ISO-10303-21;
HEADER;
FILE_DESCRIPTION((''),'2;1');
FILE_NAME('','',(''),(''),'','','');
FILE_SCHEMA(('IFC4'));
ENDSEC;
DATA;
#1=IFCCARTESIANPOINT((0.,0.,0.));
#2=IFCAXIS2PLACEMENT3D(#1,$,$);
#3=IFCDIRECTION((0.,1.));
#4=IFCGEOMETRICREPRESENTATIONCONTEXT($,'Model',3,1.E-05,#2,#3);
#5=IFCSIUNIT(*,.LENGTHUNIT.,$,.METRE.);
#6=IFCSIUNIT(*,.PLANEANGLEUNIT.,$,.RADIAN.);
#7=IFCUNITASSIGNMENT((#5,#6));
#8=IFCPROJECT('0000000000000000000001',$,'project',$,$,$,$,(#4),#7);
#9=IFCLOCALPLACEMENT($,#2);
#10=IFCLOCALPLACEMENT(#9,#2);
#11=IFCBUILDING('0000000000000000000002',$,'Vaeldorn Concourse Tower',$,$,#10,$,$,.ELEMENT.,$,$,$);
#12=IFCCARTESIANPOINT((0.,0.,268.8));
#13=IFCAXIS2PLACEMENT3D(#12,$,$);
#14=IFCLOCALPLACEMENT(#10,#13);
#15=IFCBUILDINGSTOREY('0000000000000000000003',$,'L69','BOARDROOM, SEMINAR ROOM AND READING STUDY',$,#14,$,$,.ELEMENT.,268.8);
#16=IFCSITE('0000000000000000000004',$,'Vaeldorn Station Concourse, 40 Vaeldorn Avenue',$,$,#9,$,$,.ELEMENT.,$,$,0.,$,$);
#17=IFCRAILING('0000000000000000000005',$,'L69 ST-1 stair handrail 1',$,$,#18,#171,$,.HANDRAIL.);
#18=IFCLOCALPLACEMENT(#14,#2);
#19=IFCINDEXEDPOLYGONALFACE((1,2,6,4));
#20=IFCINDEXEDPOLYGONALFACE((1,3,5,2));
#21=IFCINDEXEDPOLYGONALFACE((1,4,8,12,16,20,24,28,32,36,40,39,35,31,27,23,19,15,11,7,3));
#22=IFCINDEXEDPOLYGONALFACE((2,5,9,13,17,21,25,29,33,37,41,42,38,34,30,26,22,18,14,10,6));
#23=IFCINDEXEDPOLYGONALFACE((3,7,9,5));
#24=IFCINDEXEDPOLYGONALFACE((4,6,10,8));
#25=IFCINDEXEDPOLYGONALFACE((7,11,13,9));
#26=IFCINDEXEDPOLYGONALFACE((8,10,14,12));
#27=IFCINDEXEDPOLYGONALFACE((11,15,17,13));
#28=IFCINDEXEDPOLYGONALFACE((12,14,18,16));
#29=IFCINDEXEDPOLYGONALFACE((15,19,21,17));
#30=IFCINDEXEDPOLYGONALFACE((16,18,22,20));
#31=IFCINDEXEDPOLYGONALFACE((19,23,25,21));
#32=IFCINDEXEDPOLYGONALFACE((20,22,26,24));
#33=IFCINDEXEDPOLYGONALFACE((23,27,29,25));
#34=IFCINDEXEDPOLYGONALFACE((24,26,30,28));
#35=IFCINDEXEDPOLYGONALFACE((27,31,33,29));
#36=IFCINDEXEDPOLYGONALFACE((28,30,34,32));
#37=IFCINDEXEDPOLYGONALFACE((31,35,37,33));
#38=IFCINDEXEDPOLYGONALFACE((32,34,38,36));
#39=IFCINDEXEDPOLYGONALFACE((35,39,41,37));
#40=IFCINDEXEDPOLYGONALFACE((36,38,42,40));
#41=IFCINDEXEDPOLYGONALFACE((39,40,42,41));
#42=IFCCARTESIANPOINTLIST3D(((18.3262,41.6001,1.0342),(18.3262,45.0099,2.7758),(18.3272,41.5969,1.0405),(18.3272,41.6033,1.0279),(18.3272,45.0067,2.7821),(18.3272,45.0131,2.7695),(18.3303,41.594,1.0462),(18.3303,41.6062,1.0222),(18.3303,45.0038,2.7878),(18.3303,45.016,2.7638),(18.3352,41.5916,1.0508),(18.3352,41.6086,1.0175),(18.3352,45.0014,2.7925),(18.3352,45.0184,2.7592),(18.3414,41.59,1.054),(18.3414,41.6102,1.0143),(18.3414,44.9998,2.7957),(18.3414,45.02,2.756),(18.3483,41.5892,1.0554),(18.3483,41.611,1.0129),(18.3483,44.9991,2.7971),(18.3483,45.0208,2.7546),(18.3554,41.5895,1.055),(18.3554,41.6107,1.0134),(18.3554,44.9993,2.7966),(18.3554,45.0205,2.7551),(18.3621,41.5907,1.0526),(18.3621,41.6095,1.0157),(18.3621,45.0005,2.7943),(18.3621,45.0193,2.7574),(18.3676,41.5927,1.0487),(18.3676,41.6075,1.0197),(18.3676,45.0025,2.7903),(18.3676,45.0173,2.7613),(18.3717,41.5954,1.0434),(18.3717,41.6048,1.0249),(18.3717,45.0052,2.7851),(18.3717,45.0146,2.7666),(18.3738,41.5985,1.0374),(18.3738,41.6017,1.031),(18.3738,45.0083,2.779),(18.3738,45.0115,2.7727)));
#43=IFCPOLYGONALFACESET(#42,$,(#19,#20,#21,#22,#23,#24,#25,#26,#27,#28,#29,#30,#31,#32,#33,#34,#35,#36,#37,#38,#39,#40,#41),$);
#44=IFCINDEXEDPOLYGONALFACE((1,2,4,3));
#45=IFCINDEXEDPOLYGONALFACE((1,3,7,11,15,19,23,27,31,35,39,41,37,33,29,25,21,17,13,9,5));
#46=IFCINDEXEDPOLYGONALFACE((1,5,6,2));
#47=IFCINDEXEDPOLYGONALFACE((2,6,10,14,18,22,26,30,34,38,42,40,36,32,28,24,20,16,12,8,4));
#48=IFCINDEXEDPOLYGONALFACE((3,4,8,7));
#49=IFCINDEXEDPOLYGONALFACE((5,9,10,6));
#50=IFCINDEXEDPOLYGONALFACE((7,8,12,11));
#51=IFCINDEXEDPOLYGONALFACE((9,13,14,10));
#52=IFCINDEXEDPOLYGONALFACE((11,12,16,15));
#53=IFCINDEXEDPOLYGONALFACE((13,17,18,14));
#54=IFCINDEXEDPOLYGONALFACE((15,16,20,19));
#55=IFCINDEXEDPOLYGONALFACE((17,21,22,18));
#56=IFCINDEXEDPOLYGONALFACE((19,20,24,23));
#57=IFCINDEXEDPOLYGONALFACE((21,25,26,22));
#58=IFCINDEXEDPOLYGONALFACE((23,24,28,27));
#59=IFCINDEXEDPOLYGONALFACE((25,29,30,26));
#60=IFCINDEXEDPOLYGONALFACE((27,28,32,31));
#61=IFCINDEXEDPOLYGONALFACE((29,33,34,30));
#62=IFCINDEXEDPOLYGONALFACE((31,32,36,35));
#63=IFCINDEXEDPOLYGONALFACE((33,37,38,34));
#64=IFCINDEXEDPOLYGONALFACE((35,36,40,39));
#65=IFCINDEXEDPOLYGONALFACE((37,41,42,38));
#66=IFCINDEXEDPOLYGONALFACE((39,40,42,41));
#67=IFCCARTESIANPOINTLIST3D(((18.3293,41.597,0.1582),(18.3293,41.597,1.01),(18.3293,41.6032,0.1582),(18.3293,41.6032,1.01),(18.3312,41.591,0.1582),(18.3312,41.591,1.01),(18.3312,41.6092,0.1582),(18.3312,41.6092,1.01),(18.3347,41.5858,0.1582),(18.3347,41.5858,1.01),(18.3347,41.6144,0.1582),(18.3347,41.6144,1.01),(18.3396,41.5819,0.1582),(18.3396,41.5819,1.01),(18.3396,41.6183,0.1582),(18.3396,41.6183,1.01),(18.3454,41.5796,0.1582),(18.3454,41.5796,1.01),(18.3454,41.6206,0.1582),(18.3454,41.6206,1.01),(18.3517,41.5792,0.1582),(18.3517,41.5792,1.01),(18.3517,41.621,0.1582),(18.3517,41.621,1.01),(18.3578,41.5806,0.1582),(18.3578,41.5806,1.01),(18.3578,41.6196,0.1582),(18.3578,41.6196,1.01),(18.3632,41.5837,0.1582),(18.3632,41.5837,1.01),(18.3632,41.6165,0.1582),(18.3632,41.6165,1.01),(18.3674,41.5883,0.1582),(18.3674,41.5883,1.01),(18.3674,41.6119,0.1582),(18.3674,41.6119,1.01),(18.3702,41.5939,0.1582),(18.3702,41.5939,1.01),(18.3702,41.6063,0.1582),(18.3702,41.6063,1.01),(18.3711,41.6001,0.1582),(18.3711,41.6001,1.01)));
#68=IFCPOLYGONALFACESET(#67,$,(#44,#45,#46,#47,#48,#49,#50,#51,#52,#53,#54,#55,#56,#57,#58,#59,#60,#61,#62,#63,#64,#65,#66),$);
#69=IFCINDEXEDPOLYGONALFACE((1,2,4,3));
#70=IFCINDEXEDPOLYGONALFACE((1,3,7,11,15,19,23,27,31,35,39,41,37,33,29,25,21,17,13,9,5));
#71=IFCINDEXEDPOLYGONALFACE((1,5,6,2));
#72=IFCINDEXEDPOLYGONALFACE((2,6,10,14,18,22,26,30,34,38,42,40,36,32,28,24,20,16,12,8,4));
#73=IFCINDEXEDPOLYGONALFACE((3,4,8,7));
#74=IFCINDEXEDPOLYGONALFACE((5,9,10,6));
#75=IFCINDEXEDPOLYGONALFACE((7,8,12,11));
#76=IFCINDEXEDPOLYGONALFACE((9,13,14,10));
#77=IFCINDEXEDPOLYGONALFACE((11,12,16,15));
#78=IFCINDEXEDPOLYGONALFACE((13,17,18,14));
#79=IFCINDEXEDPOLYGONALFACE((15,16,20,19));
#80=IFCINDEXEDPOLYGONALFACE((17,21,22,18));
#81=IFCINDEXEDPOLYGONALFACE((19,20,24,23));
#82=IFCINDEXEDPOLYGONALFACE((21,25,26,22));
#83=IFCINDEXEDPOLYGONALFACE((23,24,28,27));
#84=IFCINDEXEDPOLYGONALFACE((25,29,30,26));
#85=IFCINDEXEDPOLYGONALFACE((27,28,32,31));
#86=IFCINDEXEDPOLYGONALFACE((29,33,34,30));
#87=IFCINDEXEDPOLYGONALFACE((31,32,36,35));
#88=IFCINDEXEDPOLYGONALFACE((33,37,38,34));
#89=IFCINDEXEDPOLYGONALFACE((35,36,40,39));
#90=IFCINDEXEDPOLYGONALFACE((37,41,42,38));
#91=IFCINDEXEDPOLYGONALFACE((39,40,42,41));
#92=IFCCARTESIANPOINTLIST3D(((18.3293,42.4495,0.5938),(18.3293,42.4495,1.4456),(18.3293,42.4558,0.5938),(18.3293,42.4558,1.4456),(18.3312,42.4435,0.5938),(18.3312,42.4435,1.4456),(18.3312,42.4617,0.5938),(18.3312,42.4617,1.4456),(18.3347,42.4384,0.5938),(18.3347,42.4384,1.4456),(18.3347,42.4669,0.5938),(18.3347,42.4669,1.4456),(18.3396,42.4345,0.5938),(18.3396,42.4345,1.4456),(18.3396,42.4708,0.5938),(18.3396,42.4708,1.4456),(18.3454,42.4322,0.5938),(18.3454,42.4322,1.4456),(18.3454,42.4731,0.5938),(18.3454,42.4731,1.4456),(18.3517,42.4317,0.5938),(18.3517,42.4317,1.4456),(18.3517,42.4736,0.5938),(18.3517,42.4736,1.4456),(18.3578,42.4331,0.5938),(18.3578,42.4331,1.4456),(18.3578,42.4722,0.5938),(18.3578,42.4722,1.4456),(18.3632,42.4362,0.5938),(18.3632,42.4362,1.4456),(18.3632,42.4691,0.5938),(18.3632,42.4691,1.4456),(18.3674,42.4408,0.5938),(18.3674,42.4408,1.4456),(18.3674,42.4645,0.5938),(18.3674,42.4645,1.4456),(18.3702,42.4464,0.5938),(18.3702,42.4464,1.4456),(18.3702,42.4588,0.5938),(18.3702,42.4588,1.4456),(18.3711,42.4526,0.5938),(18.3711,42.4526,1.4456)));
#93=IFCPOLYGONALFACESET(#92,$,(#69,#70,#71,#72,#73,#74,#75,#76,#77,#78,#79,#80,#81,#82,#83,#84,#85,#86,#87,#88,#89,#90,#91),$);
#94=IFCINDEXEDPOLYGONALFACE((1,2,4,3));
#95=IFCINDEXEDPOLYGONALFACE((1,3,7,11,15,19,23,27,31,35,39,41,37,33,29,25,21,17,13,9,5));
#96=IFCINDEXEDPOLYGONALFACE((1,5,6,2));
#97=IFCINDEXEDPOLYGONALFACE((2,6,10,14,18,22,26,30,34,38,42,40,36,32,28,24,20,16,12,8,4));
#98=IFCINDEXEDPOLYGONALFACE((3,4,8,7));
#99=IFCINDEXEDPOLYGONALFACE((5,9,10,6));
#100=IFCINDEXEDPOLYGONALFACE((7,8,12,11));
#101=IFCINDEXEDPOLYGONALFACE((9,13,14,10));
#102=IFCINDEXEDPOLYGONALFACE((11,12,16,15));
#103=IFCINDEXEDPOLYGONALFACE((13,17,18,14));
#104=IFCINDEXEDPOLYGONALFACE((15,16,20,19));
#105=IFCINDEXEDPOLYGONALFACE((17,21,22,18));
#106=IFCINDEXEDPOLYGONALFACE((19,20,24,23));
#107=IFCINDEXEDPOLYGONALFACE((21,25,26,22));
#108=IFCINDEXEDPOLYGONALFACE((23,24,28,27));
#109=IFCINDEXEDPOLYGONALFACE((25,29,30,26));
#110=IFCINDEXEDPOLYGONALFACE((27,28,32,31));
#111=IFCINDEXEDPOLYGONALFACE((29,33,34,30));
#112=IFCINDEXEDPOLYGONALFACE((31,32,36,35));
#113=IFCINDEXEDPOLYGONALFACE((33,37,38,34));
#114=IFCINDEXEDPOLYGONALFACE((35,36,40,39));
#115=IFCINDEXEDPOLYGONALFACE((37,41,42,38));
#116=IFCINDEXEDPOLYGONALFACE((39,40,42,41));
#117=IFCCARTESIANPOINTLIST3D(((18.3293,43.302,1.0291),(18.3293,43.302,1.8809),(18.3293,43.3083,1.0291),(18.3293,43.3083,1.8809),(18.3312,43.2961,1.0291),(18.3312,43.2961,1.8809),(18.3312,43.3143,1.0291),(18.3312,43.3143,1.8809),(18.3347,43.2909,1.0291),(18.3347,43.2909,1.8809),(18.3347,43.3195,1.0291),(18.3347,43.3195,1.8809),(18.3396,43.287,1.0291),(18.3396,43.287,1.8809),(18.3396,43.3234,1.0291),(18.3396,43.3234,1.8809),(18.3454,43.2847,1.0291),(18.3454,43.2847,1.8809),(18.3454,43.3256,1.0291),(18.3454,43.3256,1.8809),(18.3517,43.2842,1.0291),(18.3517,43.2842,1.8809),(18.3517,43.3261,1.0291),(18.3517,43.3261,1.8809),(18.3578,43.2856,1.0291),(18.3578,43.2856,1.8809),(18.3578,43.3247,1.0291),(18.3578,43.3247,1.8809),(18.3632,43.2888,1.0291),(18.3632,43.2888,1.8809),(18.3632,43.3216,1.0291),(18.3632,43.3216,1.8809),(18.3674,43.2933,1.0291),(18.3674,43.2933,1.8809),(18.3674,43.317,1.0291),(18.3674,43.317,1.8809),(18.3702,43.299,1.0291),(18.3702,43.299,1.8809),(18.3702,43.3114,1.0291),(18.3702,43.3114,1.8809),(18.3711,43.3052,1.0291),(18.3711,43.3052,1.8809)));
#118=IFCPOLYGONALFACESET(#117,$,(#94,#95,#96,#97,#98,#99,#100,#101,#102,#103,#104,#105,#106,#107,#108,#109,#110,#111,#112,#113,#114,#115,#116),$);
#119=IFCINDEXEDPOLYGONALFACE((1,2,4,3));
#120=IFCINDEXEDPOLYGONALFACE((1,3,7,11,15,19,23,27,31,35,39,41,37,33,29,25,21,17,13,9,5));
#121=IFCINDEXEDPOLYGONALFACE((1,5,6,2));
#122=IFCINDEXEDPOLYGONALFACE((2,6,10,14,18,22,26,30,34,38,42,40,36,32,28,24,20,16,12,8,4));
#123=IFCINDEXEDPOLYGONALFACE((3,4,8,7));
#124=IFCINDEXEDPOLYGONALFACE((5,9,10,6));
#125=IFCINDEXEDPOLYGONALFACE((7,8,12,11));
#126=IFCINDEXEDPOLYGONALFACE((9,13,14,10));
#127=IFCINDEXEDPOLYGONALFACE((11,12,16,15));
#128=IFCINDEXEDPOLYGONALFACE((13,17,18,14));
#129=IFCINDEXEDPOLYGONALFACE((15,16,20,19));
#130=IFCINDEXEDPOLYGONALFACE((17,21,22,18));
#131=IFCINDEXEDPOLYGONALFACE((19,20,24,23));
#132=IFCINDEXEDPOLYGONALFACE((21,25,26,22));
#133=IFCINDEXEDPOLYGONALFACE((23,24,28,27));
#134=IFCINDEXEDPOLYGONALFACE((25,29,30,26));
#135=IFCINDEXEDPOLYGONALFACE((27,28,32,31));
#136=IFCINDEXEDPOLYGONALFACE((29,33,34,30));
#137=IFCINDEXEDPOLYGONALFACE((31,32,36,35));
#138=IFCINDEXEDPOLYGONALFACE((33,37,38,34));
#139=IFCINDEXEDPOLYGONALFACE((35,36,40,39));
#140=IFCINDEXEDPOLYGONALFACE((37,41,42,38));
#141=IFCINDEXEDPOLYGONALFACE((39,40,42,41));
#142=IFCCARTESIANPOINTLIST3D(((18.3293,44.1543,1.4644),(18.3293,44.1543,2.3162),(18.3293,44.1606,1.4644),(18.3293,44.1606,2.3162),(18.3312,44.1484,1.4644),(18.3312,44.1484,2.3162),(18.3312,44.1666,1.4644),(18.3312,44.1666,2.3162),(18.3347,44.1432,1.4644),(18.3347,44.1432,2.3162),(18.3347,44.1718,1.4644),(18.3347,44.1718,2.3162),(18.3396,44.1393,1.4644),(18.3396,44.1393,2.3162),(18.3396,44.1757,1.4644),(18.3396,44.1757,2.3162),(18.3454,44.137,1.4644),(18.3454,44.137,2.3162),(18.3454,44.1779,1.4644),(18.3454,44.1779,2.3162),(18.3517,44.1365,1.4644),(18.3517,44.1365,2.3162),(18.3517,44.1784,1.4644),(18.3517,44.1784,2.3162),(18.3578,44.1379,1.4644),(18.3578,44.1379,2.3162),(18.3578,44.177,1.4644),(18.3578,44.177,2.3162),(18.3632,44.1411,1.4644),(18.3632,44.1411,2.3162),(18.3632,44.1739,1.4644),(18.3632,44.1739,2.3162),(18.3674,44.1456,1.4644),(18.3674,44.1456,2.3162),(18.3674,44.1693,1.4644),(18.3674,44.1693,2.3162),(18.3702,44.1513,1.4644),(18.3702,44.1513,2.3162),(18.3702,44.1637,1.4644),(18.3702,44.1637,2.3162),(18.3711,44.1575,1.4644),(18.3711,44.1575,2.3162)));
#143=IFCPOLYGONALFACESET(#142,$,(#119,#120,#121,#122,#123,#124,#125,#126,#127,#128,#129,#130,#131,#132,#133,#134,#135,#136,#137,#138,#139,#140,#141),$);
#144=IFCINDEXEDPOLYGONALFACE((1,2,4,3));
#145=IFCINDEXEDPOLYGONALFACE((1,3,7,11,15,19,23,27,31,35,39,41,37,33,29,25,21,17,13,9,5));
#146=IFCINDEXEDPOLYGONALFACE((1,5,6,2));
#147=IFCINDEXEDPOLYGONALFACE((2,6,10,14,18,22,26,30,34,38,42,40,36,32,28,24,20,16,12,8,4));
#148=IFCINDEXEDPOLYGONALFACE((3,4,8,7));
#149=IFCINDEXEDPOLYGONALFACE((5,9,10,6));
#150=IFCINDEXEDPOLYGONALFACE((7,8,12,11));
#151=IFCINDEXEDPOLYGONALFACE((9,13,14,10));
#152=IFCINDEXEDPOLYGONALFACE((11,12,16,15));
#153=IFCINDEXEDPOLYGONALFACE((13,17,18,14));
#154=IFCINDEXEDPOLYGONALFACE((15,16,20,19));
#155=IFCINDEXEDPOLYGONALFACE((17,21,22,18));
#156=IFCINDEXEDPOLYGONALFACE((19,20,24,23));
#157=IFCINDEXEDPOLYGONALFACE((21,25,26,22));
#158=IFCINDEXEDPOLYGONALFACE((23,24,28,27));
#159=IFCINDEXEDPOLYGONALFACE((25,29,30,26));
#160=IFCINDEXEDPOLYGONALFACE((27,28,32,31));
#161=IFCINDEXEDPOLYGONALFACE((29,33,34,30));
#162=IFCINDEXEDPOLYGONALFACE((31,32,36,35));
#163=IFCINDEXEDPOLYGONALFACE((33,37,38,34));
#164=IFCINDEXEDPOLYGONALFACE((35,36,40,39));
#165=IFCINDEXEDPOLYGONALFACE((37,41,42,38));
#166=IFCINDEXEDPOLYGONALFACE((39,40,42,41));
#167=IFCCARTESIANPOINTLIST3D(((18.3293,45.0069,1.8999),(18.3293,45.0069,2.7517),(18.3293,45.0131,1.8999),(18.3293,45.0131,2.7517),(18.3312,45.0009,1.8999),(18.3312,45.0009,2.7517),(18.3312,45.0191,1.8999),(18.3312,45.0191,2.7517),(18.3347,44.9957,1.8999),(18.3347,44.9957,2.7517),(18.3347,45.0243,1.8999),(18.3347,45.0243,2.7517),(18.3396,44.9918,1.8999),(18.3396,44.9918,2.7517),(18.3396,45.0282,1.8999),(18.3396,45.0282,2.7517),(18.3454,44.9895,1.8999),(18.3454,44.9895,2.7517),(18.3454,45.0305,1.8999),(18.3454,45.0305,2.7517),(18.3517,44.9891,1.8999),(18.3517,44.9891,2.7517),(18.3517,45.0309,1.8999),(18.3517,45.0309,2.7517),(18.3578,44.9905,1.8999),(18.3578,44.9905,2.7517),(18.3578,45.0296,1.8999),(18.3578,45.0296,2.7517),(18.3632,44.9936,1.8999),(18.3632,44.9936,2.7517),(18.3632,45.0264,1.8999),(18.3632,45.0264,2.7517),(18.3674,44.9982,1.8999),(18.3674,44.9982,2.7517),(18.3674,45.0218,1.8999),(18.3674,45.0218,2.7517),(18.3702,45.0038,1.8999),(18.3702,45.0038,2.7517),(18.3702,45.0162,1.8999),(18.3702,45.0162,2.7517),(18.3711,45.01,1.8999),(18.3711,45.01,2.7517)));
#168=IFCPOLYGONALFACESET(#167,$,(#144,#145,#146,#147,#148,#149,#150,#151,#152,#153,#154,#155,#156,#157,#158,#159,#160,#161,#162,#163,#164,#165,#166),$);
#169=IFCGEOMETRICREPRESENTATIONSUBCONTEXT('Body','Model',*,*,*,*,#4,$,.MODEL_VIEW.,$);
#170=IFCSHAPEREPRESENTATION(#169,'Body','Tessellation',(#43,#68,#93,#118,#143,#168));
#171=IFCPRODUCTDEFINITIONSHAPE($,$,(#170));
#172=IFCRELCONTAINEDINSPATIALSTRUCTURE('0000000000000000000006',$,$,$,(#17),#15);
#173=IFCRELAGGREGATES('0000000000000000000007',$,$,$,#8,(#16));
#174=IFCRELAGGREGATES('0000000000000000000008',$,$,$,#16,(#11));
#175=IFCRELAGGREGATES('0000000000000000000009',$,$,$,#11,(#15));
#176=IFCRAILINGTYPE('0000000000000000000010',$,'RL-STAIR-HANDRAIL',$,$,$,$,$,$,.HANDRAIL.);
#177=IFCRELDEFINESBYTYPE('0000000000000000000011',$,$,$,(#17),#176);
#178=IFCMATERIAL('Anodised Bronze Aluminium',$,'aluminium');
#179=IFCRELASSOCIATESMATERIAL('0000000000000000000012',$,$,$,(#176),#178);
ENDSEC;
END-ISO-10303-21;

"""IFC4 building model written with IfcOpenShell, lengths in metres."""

from ifc_helpers import new_model, si_unit, direction, frame, origin, origin_2d, place, context, subcontext, project, spatial, circle, extrude, material, type_object, element, save


model = new_model("IFC4")

# Units and contexts
model_context = context("Model", 3, precision=1e-05, world=origin(), true_north=direction((0.0, 1.0)))
body_context = subcontext(model_context, "Body", "Model", "MODEL_VIEW")
ifc_project = project(units=[si_unit("LENGTHUNIT", "METRE"), si_unit("PLANEANGLEUNIT", "RADIAN")], contexts=[model_context])

# Site, building, storey
site_placement = place(None, origin())
site = spatial("IfcSite", under=ifc_project, at=site_placement, Name="Vaeldorn Station Concourse, 40 Vaeldorn Avenue", CompositionType="ELEMENT", RefElevation=0.0)
building_placement = place(site_placement, origin())
building = spatial("IfcBuilding", under=site, at=building_placement, Name="Vaeldorn Concourse Tower", CompositionType="ELEMENT")
storey_placement = place(building_placement, frame((0.0, 0.0, 268.8)))
storey = spatial("IfcBuildingStorey", under=building, at=storey_placement, Name="L69", Description="BOARDROOM, SEMINAR ROOM AND READING STUDY", CompositionType="ELEMENT", Elevation=268.8)

# Shared definitions
ifc_material_1 = material(Name="Anodised Bronze Aluminium", Category="aluminium")

# Railing
railing_type_1 = type_object("IfcRailingType", Name="RL-STAIR-HANDRAIL", PredefinedType="HANDRAIL", material=ifc_material_1)
railing_1_placement = place(storey_placement, frame((18.3501, 41.6001, 0.1582)))
element("IfcRailing", 1, at=railing_1_placement, inside=storey, type_object=railing_type_1, Name="L69 ST-1 stair handrail 1", PredefinedType="HANDRAIL", context=body_context, shape_type="SweptSolid", body=[
    extrude(circle(Radius=0.0239, at=origin_2d()), frame((0.0, 0.0, 0.876), z_axis=(0.0, 0.890556, 0.454874), x_axis=(-1.0, 0.0, 0.0)), (0.0, 0.0, 1.0), 3.8289),
    extrude(circle(Radius=0.021, at=origin_2d()), origin(), (0.0, 0.0, 1.0), 0.8518),
    extrude(circle(Radius=0.021, at=origin_2d()), frame((0.0, 0.8525, 0.4355)), (0.0, 0.0, 1.0), 0.8518),
    extrude(circle(Radius=0.021, at=origin_2d()), frame((0.0, 1.7051, 0.8708)), (0.0, 0.0, 1.0), 0.8518),
    extrude(circle(Radius=0.021, at=origin_2d()), frame((0.0, 2.5574, 1.3062)), (0.0, 0.0, 1.0), 0.8518),
    extrude(circle(Radius=0.021, at=origin_2d()), frame((0.0, 3.4099, 1.7417)), (0.0, 0.0, 1.0), 0.8518),
])

save(model, "model.ifc")
